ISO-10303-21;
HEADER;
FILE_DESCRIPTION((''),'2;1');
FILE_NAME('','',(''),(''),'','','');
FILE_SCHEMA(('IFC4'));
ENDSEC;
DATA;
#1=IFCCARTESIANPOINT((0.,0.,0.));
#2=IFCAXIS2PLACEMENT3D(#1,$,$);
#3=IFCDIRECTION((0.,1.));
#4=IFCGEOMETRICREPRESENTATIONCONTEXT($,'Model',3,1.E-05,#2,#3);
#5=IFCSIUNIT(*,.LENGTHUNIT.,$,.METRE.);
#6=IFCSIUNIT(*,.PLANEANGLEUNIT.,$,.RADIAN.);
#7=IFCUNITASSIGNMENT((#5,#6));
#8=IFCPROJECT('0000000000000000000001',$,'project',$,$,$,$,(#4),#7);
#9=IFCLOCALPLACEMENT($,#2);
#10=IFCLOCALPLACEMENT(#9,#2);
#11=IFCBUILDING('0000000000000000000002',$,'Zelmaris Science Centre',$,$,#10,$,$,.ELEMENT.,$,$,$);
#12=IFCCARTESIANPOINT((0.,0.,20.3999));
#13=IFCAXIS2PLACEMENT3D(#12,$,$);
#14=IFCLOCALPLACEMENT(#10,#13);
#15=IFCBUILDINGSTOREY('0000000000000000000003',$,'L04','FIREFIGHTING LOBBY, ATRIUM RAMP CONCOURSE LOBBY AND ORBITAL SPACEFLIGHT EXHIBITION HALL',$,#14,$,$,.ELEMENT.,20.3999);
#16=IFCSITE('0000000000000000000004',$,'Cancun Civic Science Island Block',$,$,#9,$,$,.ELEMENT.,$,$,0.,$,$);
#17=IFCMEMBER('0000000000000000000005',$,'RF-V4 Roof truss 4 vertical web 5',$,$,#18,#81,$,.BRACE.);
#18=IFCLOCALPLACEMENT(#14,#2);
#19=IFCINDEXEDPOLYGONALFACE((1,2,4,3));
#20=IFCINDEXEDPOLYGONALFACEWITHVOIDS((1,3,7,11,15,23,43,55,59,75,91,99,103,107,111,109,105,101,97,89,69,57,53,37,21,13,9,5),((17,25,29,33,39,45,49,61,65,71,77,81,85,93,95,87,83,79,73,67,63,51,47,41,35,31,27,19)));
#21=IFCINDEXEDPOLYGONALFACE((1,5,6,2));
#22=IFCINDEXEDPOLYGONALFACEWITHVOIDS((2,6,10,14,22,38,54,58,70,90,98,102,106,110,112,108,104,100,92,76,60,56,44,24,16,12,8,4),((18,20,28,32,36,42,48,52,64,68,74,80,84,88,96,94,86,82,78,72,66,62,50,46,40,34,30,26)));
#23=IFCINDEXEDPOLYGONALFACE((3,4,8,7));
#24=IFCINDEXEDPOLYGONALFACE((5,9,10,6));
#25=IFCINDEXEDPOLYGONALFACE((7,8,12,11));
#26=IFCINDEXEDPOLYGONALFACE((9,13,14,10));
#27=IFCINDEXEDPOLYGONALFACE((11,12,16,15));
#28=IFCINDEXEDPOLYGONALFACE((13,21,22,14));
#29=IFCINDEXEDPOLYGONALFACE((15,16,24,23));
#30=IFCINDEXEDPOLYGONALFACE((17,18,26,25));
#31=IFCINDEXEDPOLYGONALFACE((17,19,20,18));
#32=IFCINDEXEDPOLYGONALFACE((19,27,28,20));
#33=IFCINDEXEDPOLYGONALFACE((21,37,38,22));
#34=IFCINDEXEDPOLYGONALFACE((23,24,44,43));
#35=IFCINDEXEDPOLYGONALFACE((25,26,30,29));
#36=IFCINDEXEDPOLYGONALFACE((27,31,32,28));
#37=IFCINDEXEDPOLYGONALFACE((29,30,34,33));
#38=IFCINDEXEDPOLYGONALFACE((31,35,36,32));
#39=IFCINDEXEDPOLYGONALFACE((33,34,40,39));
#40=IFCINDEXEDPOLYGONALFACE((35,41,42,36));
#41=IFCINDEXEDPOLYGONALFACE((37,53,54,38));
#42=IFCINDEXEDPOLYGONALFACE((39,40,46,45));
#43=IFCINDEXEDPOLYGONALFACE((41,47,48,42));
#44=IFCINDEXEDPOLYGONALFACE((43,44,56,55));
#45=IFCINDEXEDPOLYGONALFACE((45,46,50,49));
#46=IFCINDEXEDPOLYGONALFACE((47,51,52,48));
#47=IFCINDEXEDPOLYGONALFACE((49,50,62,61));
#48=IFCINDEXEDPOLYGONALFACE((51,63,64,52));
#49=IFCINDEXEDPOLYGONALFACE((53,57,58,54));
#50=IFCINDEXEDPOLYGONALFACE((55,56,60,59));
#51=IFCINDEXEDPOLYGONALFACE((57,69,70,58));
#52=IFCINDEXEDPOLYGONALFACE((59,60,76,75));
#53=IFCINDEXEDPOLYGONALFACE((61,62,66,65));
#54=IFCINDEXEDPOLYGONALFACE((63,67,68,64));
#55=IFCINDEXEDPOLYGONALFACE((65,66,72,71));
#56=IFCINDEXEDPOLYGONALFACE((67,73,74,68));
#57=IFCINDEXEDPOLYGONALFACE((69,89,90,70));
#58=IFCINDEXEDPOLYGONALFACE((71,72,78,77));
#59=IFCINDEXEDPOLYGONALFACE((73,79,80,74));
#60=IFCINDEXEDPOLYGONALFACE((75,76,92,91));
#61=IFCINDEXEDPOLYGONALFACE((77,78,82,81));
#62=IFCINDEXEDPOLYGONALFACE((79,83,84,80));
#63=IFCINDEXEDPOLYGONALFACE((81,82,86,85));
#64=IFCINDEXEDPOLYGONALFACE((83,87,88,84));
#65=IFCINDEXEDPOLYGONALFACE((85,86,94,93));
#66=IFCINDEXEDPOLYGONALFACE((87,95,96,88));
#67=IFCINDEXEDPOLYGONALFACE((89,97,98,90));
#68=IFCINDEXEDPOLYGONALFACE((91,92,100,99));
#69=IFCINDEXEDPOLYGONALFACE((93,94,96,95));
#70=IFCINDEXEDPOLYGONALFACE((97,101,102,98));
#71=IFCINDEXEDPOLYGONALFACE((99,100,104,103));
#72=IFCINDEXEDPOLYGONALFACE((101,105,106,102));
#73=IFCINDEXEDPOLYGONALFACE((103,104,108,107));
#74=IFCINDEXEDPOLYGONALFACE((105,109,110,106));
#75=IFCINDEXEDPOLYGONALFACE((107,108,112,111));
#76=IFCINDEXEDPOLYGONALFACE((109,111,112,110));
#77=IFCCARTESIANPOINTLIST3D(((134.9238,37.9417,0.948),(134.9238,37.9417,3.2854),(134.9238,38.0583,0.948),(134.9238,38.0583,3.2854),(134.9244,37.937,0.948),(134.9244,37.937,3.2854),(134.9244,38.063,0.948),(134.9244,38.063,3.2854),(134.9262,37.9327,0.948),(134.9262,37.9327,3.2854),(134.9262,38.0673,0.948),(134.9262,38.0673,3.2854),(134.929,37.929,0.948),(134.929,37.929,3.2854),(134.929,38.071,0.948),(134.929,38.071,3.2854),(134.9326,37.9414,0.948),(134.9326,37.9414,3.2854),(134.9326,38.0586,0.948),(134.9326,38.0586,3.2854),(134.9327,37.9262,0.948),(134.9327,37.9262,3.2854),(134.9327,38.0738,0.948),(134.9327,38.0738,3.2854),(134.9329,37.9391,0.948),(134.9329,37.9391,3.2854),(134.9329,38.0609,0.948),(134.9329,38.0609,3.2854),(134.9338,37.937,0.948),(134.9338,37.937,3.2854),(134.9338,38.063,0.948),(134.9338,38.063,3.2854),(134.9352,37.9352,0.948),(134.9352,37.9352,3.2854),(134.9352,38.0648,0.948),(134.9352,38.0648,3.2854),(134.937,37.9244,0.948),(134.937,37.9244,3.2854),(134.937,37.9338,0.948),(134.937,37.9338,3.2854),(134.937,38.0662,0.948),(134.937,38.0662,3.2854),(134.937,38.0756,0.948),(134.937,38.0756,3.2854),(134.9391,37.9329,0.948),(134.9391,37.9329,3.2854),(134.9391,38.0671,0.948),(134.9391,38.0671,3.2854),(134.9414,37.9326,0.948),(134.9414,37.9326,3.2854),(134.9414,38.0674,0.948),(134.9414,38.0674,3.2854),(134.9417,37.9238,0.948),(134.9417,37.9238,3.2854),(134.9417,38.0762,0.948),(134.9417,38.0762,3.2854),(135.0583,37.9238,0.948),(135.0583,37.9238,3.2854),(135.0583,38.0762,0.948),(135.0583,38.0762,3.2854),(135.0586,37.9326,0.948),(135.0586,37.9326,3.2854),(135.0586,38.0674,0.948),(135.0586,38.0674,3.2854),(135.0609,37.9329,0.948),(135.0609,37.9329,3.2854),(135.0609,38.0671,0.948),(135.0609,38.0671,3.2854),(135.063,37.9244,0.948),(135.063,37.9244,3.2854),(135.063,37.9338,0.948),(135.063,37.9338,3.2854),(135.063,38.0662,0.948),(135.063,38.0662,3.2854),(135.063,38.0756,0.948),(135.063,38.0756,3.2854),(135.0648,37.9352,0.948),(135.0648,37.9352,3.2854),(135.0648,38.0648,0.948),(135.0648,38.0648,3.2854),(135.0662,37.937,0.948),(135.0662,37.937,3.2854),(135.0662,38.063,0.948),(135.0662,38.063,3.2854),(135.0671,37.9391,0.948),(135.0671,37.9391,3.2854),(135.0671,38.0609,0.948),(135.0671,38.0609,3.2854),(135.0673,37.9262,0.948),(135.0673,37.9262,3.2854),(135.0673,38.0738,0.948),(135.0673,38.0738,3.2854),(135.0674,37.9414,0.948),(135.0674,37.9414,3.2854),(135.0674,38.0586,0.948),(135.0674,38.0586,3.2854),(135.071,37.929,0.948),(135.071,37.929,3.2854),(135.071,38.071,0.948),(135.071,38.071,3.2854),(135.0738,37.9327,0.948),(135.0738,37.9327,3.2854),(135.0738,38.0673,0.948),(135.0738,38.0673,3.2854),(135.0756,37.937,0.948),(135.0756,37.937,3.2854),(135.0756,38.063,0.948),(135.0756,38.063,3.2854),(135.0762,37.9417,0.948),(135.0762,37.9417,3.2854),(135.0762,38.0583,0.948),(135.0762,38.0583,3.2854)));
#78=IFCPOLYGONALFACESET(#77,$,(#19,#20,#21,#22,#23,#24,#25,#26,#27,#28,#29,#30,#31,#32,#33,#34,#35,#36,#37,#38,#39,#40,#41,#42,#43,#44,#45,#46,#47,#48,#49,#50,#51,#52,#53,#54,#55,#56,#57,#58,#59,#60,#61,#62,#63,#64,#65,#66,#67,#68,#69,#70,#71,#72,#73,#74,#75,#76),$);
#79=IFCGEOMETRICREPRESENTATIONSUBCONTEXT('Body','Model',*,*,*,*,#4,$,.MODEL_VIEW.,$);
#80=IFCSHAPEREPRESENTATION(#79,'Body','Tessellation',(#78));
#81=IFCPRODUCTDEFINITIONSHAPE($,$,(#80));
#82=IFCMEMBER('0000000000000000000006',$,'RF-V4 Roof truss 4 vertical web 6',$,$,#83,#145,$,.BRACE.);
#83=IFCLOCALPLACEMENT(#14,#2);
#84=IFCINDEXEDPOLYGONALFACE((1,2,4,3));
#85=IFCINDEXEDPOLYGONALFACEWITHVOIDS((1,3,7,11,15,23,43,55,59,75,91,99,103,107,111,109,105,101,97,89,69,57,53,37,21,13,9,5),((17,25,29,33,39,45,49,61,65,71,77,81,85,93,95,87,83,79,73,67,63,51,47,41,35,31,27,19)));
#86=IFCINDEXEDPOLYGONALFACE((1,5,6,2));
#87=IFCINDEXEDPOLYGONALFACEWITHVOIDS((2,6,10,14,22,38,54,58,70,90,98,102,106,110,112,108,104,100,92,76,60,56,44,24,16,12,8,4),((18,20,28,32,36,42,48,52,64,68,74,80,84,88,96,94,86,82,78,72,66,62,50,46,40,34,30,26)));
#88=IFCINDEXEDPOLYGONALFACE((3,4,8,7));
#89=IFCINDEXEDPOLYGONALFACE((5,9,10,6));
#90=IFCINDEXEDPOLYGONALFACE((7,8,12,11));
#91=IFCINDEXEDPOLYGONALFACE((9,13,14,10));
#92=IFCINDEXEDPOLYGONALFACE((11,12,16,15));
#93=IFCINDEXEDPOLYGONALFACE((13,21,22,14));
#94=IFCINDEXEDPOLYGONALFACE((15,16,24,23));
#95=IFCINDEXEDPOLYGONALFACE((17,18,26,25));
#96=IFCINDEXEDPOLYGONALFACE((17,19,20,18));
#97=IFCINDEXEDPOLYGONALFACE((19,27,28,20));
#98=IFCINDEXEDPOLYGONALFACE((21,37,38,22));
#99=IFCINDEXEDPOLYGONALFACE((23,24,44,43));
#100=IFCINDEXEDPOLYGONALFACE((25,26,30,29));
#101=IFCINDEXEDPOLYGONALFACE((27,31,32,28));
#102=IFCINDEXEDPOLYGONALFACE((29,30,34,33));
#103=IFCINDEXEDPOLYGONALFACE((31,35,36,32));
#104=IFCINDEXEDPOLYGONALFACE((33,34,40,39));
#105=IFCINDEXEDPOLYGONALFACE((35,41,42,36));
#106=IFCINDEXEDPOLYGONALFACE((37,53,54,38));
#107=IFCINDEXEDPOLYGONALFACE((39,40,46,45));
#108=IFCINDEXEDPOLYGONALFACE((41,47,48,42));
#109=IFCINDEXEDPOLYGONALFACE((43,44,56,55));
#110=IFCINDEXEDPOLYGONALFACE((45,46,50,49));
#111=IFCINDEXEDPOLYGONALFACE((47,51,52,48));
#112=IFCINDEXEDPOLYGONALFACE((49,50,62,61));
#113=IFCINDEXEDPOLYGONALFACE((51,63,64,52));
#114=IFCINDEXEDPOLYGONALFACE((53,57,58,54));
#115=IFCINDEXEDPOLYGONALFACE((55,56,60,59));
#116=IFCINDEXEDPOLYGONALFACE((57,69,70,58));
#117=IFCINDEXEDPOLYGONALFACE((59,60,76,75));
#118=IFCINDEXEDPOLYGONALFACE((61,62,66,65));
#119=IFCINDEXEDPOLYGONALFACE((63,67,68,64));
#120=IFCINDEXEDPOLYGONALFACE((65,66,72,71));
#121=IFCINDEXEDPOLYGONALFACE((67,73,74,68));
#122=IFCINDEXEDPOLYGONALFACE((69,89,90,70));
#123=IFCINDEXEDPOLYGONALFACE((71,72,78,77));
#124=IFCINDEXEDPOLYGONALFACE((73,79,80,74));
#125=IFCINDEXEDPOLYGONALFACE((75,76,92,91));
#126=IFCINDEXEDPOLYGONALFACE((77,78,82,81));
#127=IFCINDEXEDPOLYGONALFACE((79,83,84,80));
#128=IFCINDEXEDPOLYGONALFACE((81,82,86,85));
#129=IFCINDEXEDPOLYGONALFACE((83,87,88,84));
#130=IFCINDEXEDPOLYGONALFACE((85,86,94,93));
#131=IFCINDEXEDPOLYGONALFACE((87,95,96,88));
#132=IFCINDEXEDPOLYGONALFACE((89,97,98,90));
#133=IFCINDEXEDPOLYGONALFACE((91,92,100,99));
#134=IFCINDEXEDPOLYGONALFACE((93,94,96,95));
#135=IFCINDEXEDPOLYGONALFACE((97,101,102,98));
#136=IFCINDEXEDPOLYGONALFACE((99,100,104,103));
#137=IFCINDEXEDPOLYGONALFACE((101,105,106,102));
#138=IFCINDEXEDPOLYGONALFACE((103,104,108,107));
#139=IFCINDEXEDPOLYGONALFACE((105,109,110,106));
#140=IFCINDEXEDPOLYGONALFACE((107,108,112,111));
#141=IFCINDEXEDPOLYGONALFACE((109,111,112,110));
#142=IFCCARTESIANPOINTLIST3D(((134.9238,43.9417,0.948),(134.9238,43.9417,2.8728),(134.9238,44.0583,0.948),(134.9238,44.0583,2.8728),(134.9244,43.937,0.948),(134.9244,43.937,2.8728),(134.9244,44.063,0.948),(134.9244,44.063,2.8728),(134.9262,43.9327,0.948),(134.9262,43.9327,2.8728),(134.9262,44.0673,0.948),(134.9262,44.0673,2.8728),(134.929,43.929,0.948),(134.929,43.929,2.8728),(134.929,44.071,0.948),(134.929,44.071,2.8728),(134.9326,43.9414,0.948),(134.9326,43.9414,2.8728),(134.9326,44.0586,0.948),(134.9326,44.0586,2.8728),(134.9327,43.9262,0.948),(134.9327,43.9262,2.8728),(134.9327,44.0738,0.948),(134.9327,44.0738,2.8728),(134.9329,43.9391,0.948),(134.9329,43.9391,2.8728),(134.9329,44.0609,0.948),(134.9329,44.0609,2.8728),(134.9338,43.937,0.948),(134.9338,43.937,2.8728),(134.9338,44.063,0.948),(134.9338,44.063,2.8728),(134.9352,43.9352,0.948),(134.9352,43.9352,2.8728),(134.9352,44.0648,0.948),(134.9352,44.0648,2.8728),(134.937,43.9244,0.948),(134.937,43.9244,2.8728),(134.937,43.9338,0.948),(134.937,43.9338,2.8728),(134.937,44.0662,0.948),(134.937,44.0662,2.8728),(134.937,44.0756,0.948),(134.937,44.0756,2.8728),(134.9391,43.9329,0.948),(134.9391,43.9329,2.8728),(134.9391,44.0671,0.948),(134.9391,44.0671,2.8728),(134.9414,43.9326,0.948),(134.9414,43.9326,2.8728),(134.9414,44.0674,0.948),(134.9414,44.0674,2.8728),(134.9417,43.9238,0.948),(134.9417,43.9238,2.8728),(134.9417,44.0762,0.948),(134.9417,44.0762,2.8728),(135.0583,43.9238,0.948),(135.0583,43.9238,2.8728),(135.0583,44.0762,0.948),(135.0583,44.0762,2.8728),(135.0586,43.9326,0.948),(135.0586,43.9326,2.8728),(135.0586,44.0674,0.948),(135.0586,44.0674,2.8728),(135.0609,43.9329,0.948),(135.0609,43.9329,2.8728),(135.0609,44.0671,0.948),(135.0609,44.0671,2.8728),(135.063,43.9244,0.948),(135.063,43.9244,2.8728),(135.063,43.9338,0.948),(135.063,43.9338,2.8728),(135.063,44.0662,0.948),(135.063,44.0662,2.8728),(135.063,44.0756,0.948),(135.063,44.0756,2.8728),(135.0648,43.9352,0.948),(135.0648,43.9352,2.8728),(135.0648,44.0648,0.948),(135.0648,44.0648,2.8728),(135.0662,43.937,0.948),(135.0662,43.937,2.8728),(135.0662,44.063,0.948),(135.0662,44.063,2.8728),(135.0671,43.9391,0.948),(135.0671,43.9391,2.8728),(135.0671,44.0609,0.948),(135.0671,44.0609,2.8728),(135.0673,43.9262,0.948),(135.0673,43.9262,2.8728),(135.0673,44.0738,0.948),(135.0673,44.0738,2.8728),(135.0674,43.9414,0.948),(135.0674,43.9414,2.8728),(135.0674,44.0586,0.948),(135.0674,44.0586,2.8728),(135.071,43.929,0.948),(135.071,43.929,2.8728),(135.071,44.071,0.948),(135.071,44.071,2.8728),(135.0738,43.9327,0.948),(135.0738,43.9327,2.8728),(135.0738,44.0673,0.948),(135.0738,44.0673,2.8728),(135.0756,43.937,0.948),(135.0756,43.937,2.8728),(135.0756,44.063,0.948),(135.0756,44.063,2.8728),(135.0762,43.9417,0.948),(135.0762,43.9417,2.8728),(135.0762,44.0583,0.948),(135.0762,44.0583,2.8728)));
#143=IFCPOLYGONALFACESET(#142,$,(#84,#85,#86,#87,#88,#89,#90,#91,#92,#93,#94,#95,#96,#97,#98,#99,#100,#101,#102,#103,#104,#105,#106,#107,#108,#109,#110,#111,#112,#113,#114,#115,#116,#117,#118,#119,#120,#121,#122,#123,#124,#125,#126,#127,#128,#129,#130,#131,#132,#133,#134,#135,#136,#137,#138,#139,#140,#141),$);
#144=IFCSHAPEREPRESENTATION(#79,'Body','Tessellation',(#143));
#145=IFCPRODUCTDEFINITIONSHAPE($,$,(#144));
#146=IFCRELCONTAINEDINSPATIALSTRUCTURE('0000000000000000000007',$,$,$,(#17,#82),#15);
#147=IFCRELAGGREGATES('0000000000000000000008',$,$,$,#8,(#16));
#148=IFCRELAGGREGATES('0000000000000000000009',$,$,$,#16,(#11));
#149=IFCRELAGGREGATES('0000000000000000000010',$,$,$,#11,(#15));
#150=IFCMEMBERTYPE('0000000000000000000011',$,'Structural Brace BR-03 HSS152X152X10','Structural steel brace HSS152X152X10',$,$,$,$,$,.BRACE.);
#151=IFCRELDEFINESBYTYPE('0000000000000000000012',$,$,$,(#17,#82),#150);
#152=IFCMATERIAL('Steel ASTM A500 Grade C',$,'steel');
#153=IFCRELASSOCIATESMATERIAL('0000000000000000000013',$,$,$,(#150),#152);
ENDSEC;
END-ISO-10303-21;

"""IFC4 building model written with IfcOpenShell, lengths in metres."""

from ifc_helpers import new_model, si_unit, direction, frame, origin, origin_2d, place, context, subcontext, project, spatial, hollow_rectangle, extrude, material, material_profile, profile_set, type_object, element, save


model = new_model("IFC4")

# Units and contexts
model_context = context("Model", 3, precision=1e-05, world=origin(), true_north=direction((0.0, 1.0)))
body_context = subcontext(model_context, "Body", "Model", "MODEL_VIEW")
ifc_project = project(units=[si_unit("LENGTHUNIT", "METRE"), si_unit("PLANEANGLEUNIT", "RADIAN")], contexts=[model_context])

# Site, building, storey
site_placement = place(None, origin())
site = spatial("IfcSite", under=ifc_project, at=site_placement, Name="Cancun Civic Science Island Block", CompositionType="ELEMENT", RefElevation=0.0)
building_placement = place(site_placement, origin())
building = spatial("IfcBuilding", under=site, at=building_placement, Name="Zelmaris Science Centre", CompositionType="ELEMENT")
storey_placement = place(building_placement, frame((0.0, 0.0, 20.3999)))
storey = spatial("IfcBuildingStorey", under=building, at=storey_placement, Name="L04", Description="FIREFIGHTING LOBBY, ATRIUM RAMP CONCOURSE LOBBY AND ORBITAL SPACEFLIGHT EXHIBITION HALL", CompositionType="ELEMENT", Elevation=20.3999)

# Members
ifc_material = material(Name="Steel ASTM A500 Grade C", Category="steel")
ifc_material_profile_1 = material_profile(ifc_material, hollow_rectangle(XDim=0.1523, YDim=0.1523, WallThickness=0.0088, InnerFilletRadius=0.0088, OuterFilletRadius=0.0178, at=origin_2d()), Name="HSS152X152X10")
ifc_profile_set_1 = profile_set([ifc_material_profile_1], Name="Steel ASTM A500 Grade C")
member_type_1 = type_object("IfcMemberType", Name="Structural Brace BR-03 HSS152X152X10", Description="Structural steel brace HSS152X152X10", PredefinedType="BRACE", material=ifc_profile_set_1)
member_1_placement = place(storey_placement, frame((135.0, 38.0, 0.948), z_axis=(0.0, 0.0, 1.0), x_axis=(1.0, 0.0, 0.0)))
element("IfcMember", 1, at=member_1_placement, inside=storey, type_object=member_type_1, Name="RF-V4 Roof truss 4 vertical web 5", PredefinedType="BRACE", context=body_context, shape_type="SweptSolid", body=[
    extrude(hollow_rectangle(XDim=0.1523, YDim=0.1523, WallThickness=0.0088, InnerFilletRadius=0.0088, OuterFilletRadius=0.0178, at=origin_2d()), origin(), (0.0, 0.0, 1.0), 2.3374),
])
member_2_placement = place(storey_placement, frame((135.0, 44.0, 0.948), z_axis=(0.0, 0.0, 1.0), x_axis=(1.0, 0.0, 0.0)))
element("IfcMember", 2, at=member_2_placement, inside=storey, type_object=member_type_1, Name="RF-V4 Roof truss 4 vertical web 6", PredefinedType="BRACE", context=body_context, shape_type="SweptSolid", body=[
    extrude(hollow_rectangle(XDim=0.1523, YDim=0.1523, WallThickness=0.0088, InnerFilletRadius=0.0088, OuterFilletRadius=0.0178, at=origin_2d()), origin(), (0.0, 0.0, 1.0), 1.9248),
])

save(model, "model.ifc")
